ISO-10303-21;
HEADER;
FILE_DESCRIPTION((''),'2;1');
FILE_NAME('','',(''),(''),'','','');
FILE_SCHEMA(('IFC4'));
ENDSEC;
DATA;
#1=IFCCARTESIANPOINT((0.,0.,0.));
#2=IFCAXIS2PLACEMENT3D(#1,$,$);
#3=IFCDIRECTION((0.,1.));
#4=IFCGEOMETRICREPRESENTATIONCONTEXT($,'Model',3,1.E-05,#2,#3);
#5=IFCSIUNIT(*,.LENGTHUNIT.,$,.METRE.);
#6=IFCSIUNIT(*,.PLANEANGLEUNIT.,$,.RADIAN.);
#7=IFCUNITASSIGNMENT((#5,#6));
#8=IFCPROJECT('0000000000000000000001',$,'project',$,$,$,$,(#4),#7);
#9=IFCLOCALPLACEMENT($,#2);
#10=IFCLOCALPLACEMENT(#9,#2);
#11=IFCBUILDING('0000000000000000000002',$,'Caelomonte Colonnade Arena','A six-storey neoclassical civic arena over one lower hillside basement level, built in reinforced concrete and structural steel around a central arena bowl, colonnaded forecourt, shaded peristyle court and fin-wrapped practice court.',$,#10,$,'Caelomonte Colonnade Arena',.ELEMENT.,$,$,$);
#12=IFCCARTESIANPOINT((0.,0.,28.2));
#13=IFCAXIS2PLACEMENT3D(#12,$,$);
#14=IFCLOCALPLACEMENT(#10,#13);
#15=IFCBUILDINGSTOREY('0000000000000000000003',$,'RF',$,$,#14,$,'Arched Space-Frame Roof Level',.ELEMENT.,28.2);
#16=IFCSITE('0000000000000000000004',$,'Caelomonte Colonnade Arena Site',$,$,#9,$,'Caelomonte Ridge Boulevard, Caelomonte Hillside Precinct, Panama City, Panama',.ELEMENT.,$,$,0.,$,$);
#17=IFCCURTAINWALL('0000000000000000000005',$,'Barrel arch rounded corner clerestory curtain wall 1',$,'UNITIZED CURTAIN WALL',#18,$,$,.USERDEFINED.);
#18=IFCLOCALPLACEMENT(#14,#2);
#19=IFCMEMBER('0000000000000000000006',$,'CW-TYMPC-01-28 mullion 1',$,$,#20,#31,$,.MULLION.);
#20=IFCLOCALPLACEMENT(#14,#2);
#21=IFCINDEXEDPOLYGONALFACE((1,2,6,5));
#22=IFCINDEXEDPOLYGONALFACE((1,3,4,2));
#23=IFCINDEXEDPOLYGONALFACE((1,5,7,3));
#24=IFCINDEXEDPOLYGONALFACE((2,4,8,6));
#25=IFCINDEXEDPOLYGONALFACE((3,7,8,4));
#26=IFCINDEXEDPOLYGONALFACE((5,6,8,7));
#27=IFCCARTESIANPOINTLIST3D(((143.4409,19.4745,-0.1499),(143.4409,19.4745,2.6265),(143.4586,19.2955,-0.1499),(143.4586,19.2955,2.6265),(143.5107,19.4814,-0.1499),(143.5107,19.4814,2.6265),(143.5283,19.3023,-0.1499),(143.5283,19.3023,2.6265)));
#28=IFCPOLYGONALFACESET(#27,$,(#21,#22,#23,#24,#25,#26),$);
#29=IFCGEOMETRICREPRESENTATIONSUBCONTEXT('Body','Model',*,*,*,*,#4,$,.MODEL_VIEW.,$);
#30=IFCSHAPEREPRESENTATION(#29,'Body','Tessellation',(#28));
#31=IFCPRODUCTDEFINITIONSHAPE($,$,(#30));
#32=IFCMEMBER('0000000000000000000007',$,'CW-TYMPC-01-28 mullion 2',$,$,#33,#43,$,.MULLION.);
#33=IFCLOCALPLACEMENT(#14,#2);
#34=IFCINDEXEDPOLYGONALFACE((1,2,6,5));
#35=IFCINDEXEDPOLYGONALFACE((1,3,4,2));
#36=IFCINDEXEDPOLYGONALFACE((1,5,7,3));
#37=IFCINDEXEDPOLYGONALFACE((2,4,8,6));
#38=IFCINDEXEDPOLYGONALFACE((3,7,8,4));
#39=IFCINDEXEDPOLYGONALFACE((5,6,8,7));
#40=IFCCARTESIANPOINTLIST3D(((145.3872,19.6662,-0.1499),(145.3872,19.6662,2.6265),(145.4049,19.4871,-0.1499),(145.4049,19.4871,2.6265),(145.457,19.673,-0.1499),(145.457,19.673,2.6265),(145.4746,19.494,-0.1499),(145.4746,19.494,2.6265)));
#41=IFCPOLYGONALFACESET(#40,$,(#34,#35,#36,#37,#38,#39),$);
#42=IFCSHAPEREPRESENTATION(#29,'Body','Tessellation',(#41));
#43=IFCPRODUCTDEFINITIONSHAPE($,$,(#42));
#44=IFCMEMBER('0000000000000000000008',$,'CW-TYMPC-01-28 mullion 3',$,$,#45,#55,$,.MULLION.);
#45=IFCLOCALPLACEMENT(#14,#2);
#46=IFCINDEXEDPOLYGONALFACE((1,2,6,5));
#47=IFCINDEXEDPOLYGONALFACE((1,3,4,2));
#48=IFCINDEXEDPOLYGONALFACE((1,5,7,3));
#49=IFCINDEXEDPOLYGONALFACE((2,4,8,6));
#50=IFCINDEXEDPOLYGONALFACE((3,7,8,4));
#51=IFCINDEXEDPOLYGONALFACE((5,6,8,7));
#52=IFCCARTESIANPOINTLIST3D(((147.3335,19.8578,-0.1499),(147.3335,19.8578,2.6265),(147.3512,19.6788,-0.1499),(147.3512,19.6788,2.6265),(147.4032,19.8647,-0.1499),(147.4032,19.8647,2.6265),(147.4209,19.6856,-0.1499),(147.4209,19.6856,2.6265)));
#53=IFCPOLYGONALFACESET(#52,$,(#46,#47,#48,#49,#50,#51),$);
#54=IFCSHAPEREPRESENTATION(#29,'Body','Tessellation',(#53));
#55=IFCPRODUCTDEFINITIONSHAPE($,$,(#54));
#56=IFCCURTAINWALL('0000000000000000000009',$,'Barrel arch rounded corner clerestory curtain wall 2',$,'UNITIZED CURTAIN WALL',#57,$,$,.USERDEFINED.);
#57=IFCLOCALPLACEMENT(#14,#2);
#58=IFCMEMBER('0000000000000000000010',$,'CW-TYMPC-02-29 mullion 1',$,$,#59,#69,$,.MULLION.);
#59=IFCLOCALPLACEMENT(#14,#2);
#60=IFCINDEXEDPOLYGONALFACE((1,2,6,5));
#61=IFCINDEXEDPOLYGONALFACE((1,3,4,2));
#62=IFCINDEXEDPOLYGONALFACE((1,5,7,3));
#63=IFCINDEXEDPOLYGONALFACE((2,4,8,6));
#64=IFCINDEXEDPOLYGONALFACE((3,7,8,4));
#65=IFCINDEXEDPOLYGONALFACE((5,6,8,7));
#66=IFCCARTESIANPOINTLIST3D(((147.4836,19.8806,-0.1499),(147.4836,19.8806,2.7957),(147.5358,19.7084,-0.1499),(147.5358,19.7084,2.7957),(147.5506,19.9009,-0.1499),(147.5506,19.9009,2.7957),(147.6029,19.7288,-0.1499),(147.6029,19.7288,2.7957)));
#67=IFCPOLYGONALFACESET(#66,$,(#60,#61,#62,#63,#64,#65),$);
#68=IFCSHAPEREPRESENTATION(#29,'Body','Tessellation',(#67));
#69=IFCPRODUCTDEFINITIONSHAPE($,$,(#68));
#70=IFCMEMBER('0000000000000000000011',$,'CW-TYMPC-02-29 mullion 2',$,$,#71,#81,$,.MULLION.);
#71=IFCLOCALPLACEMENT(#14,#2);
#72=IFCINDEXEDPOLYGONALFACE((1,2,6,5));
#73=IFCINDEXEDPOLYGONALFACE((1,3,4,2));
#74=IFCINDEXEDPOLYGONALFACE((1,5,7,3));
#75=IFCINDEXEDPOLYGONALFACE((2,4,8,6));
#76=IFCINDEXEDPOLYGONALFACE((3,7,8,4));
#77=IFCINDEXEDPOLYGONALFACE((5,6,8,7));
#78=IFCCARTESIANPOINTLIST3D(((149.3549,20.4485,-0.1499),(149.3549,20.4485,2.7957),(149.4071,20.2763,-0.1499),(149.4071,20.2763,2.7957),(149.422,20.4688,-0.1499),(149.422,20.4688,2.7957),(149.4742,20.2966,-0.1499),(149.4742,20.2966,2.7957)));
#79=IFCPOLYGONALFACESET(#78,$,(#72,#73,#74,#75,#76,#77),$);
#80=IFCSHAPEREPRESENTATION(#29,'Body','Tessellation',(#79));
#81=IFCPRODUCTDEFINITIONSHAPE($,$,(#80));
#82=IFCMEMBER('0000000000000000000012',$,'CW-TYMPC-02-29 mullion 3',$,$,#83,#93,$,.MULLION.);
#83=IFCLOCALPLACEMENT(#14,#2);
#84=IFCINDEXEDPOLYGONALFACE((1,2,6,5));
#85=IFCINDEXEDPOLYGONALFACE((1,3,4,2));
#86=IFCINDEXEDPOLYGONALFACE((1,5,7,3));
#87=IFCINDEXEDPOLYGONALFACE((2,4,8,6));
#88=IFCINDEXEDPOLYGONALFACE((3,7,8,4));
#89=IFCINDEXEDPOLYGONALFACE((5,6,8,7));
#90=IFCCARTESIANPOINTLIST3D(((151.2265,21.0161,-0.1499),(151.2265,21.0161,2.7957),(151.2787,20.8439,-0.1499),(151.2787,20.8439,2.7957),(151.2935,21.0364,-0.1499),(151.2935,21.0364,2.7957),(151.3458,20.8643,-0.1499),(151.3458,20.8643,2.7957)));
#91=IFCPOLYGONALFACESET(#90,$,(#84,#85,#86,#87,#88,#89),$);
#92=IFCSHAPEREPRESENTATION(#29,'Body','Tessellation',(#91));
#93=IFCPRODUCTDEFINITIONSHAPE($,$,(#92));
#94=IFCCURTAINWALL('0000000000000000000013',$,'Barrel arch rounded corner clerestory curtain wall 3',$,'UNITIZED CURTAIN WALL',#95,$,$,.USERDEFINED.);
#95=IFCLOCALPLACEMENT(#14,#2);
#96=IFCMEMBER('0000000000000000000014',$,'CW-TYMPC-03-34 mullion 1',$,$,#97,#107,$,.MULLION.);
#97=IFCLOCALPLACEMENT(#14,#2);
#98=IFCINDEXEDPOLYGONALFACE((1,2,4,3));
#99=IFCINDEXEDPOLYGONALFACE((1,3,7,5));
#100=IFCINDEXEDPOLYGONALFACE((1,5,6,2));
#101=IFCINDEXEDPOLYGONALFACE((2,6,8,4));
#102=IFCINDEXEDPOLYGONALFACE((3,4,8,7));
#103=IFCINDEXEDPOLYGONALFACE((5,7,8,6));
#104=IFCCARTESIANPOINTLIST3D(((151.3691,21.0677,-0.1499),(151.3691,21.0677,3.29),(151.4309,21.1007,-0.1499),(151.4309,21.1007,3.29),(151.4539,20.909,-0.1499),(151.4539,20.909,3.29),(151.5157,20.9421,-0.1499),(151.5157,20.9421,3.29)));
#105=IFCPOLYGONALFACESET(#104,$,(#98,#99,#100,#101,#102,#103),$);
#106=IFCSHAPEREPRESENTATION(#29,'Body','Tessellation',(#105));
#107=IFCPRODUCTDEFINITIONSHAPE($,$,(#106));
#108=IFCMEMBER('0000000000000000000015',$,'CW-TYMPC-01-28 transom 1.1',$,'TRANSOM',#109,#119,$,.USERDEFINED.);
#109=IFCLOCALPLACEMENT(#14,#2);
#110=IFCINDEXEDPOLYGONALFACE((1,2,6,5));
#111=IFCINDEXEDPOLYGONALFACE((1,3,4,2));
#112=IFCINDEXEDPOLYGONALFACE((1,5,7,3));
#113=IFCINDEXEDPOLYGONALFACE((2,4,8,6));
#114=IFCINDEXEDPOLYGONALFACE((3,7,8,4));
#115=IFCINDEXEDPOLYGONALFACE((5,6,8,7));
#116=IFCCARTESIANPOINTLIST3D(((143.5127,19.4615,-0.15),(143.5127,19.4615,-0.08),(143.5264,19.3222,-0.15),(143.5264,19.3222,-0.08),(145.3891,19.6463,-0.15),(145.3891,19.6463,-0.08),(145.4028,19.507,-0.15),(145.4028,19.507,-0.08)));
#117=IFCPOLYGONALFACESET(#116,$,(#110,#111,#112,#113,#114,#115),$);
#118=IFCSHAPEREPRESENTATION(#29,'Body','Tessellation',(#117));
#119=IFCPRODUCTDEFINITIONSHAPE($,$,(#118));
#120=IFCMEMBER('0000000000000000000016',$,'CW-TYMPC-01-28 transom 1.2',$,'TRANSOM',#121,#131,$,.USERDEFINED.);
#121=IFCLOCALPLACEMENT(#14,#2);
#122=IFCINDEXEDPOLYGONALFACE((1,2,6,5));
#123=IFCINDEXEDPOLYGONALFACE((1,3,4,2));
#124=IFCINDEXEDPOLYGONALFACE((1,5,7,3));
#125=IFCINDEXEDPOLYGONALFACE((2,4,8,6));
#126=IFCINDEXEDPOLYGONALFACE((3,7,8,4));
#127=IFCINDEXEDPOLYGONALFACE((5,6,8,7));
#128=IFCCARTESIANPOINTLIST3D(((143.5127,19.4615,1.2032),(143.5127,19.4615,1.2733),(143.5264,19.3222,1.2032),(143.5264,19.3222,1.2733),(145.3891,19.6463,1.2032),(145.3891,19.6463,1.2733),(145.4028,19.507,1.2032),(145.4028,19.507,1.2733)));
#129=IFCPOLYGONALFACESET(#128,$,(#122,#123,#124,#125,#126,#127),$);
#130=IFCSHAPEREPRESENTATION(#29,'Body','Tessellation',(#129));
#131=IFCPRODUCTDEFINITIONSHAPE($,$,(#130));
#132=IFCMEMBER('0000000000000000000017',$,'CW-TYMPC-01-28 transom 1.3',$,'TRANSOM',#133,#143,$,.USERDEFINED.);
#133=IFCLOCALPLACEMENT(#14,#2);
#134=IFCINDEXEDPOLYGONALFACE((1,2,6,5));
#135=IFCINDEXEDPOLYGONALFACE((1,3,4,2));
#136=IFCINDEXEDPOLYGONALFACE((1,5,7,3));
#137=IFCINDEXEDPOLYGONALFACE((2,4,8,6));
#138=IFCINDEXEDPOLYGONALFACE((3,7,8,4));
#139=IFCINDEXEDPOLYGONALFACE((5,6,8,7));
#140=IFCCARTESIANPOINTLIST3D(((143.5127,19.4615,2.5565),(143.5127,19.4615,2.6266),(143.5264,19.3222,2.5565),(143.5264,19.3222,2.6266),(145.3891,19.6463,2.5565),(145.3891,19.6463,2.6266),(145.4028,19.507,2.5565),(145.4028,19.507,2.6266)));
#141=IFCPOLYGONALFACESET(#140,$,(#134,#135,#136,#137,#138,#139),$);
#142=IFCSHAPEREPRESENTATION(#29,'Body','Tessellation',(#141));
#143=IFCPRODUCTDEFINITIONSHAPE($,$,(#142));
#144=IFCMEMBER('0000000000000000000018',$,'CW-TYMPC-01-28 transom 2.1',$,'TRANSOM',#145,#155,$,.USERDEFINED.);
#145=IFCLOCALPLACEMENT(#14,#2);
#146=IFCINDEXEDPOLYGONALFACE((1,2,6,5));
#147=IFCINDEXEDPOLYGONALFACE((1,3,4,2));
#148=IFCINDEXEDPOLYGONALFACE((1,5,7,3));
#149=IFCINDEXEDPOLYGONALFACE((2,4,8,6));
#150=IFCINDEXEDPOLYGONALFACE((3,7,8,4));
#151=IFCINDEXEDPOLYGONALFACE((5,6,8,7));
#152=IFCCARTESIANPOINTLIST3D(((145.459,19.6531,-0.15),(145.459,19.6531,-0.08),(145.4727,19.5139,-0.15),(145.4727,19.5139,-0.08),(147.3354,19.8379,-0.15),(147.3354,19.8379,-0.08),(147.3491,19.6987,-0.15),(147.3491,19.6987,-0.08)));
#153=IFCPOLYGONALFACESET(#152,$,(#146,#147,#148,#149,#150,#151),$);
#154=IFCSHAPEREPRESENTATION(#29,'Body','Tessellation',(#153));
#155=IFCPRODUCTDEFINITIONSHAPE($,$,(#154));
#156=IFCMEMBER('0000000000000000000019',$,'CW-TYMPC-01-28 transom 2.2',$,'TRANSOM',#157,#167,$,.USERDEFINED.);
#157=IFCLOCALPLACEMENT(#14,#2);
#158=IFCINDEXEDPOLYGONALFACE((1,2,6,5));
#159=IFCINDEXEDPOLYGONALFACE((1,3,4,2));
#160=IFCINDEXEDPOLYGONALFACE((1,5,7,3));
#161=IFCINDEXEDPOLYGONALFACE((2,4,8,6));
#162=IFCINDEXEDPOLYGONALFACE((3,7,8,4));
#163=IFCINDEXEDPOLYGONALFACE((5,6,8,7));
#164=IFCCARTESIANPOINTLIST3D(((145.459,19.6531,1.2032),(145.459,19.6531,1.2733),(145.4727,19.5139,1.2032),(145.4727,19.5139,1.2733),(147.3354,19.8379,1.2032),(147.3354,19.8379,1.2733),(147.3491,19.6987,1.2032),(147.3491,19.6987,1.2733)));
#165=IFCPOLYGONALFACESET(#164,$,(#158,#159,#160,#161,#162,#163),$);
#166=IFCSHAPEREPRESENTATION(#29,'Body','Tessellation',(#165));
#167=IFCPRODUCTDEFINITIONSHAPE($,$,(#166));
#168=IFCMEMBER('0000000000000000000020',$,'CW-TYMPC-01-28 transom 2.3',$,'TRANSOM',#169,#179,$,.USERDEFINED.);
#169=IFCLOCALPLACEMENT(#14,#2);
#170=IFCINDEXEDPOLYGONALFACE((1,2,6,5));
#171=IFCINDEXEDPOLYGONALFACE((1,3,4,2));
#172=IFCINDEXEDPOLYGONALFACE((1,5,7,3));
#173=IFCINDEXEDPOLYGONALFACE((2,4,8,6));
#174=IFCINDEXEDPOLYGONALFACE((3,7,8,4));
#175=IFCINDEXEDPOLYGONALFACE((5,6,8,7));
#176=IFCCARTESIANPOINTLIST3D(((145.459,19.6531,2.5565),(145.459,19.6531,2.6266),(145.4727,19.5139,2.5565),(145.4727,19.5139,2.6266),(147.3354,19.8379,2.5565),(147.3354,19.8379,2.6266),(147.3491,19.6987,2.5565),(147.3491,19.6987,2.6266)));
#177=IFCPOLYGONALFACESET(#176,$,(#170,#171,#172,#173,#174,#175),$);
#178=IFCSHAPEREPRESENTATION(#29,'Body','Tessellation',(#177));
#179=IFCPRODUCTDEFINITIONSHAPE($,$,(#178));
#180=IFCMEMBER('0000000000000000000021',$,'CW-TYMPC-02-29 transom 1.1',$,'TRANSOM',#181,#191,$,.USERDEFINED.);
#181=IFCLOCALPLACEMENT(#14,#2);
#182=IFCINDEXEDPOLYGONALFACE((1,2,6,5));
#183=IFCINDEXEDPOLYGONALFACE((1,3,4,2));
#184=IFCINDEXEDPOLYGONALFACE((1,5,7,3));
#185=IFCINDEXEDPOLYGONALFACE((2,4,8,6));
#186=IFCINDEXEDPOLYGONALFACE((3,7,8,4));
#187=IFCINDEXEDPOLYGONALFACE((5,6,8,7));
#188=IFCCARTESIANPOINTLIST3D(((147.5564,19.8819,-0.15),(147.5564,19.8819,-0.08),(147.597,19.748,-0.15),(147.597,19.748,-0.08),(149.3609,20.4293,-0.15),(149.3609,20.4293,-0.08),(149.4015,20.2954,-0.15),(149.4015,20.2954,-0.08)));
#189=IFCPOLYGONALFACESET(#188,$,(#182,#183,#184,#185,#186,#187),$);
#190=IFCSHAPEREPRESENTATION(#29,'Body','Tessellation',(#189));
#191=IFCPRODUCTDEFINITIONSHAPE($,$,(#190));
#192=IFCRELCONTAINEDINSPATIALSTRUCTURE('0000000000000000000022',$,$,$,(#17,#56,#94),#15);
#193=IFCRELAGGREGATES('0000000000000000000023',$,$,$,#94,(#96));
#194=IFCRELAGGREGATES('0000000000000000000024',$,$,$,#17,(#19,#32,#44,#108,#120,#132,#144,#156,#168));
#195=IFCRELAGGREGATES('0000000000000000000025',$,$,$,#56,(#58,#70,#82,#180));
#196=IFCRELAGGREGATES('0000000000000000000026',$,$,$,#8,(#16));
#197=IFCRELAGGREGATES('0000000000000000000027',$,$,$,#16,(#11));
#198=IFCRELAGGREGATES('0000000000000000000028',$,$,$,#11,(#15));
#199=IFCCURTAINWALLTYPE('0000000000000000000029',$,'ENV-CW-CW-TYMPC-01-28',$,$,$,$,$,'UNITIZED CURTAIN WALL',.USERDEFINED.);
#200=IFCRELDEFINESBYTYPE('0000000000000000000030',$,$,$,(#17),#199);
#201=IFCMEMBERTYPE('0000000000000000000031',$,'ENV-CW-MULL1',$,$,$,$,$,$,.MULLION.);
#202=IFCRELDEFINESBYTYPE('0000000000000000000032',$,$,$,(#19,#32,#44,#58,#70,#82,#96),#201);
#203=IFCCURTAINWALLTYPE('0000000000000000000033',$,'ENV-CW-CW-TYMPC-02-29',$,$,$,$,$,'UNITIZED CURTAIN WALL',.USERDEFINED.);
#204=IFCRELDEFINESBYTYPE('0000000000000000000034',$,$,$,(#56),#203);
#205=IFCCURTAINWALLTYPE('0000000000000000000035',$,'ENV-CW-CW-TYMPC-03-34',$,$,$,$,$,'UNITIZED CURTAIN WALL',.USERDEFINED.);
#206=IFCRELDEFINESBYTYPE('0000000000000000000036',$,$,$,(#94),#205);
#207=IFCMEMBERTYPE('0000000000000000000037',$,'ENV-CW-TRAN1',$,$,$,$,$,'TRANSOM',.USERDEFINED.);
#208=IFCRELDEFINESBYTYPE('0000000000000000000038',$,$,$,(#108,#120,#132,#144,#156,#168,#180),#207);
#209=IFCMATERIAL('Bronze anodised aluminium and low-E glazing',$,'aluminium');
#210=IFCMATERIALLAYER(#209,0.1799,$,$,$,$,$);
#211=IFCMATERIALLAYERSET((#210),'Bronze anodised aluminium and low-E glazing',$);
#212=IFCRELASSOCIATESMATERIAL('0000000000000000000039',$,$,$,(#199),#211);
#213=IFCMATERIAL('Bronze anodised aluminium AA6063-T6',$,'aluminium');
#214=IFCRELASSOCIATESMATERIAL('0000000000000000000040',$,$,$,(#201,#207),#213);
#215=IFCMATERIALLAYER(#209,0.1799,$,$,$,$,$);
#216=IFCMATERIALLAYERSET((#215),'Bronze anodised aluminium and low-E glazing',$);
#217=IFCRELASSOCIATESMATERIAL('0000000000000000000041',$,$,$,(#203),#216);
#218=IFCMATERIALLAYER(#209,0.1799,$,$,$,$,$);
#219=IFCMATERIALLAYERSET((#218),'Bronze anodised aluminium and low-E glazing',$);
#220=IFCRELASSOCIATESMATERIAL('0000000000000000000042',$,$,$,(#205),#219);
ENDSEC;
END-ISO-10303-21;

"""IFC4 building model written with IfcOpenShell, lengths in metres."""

from ifc_helpers import new_model, si_unit, direction, frame, origin, origin_2d, place, context, subcontext, project, spatial, rectangle, extrude, material, layer, layer_set, material_profile, profile_set, type_object, element, aggregate, save


model = new_model("IFC4")

# Units and contexts
model_context = context("Model", 3, precision=1e-05, world=origin(), true_north=direction((0.0, 1.0)))
body_context = subcontext(model_context, "Body", "Model", "MODEL_VIEW")
ifc_project = project(units=[si_unit("LENGTHUNIT", "METRE"), si_unit("PLANEANGLEUNIT", "RADIAN")], contexts=[model_context])

# Site, building, storey
site_placement = place(None, origin())
site = spatial("IfcSite", under=ifc_project, at=site_placement, Name="Caelomonte Colonnade Arena Site", LongName="Caelomonte Ridge Boulevard, Caelomonte Hillside Precinct, Panama City, Panama", CompositionType="ELEMENT", RefElevation=0.0)
building_placement = place(site_placement, origin())
building = spatial("IfcBuilding", under=site, at=building_placement, Name="Caelomonte Colonnade Arena", Description="A six-storey neoclassical civic arena over one lower hillside basement level, built in reinforced concrete and structural steel around a central arena bowl, colonnaded forecourt, shaded peristyle court and fin-wrapped practice court.", LongName="Caelomonte Colonnade Arena", CompositionType="ELEMENT")
storey_placement = place(building_placement, frame((0.0, 0.0, 28.2)))
storey = spatial("IfcBuildingStorey", under=building, at=storey_placement, Name="RF", LongName="Arched Space-Frame Roof Level", CompositionType="ELEMENT", Elevation=28.2)

# Curtain walls, members
ifc_material_1 = material(Name="Bronze anodised aluminium and low-E glazing", Category="aluminium")
ifc_layer_1 = layer(ifc_material_1, 0.1799)
ifc_layer_set_1 = layer_set([ifc_layer_1], Name="Bronze anodised aluminium and low-E glazing")
curtain_wall_type_1 = type_object("IfcCurtainWallType", Name="ENV-CW-CW-TYMPC-01-28", ElementType="UNITIZED CURTAIN WALL", PredefinedType="USERDEFINED", material=ifc_layer_set_1)
curtain_wall_1_placement = place(storey_placement, origin())
curtain_wall_1 = element("IfcCurtainWall", 1, at=curtain_wall_1_placement, inside=storey, type_object=curtain_wall_type_1, Name="Barrel arch rounded corner clerestory curtain wall 1", ObjectType="UNITIZED CURTAIN WALL", PredefinedType="USERDEFINED")
ifc_material_2 = material(Name="Bronze anodised aluminium AA6063-T6", Category="aluminium")
ifc_material_profile_1 = material_profile(ifc_material_2, rectangle(XDim=0.0701, YDim=0.1799, at=origin_2d()), Name="CWM-70X180")
ifc_profile_set_1 = profile_set([ifc_material_profile_1], Name="Bronze anodised aluminium AA6063-T6")
member_type_1 = type_object("IfcMemberType", Name="ENV-CW-MULL1", PredefinedType="MULLION", material=ifc_profile_set_1)
member_1_placement = place(storey_placement, frame((143.4846, 19.3884, -0.1499), z_axis=(0.0, 0.0, 1.0), x_axis=(0.995183, 0.098031, 0.0)))
member_1 = element("IfcMember", 2, at=member_1_placement, type_object=member_type_1, Name="CW-TYMPC-01-28 mullion 1", PredefinedType="MULLION", context=body_context, shape_type="SweptSolid", body=[
    extrude(rectangle(XDim=0.0701, YDim=0.1799, at=origin_2d()), origin(), (0.0, 0.0, 1.0), 2.7764),
])
member_2_placement = place(storey_placement, frame((145.4309, 19.5801, -0.1499), z_axis=(0.0, 0.0, 1.0), x_axis=(0.995183, 0.098031, 0.0)))
member_2 = element("IfcMember", 3, at=member_2_placement, type_object=member_type_1, Name="CW-TYMPC-01-28 mullion 2", PredefinedType="MULLION", context=body_context, shape_type="SweptSolid", body=[
    extrude(rectangle(XDim=0.0701, YDim=0.1799, at=origin_2d()), origin(), (0.0, 0.0, 1.0), 2.7764),
])
member_3_placement = place(storey_placement, frame((147.3772, 19.7717, -0.1499), z_axis=(0.0, 0.0, 1.0), x_axis=(0.995183, 0.098031, 0.0)))
member_3 = element("IfcMember", 4, at=member_3_placement, type_object=member_type_1, Name="CW-TYMPC-01-28 mullion 3", PredefinedType="MULLION", context=body_context, shape_type="SweptSolid", body=[
    extrude(rectangle(XDim=0.0701, YDim=0.1799, at=origin_2d()), origin(), (0.0, 0.0, 1.0), 2.7764),
])
ifc_layer_2 = layer(ifc_material_1, 0.1799)
ifc_layer_set_2 = layer_set([ifc_layer_2], Name="Bronze anodised aluminium and low-E glazing")
curtain_wall_type_2 = type_object("IfcCurtainWallType", Name="ENV-CW-CW-TYMPC-02-29", ElementType="UNITIZED CURTAIN WALL", PredefinedType="USERDEFINED", material=ifc_layer_set_2)
curtain_wall_2_placement = place(storey_placement, origin())
curtain_wall_2 = element("IfcCurtainWall", 5, at=curtain_wall_2_placement, inside=storey, type_object=curtain_wall_type_2, Name="Barrel arch rounded corner clerestory curtain wall 2", ObjectType="UNITIZED CURTAIN WALL", PredefinedType="USERDEFINED")
member_4_placement = place(storey_placement, frame((147.5432, 19.8047, -0.1499), z_axis=(0.0, 0.0, 1.0), x_axis=(0.956946, 0.290266, 0.0)))
member_4 = element("IfcMember", 6, at=member_4_placement, type_object=member_type_1, Name="CW-TYMPC-02-29 mullion 1", PredefinedType="MULLION", context=body_context, shape_type="SweptSolid", body=[
    extrude(rectangle(XDim=0.0701, YDim=0.1799, at=origin_2d()), origin(), (0.0, 0.0, 1.0), 2.9456),
])
member_5_placement = place(storey_placement, frame((149.4146, 20.3726, -0.1499), z_axis=(0.0, 0.0, 1.0), x_axis=(0.956946, 0.290266, 0.0)))
member_5 = element("IfcMember", 7, at=member_5_placement, type_object=member_type_1, Name="CW-TYMPC-02-29 mullion 2", PredefinedType="MULLION", context=body_context, shape_type="SweptSolid", body=[
    extrude(rectangle(XDim=0.0701, YDim=0.1799, at=origin_2d()), origin(), (0.0, 0.0, 1.0), 2.9456),
])
member_6_placement = place(storey_placement, frame((151.2861, 20.9402, -0.1499), z_axis=(0.0, 0.0, 1.0), x_axis=(0.956946, 0.290266, 0.0)))
member_6 = element("IfcMember", 8, at=member_6_placement, type_object=member_type_1, Name="CW-TYMPC-02-29 mullion 3", PredefinedType="MULLION", context=body_context, shape_type="SweptSolid", body=[
    extrude(rectangle(XDim=0.0701, YDim=0.1799, at=origin_2d()), origin(), (0.0, 0.0, 1.0), 2.9456),
])

# Curtain wall, member
ifc_layer_3 = layer(ifc_material_1, 0.1799)
ifc_layer_set_3 = layer_set([ifc_layer_3], Name="Bronze anodised aluminium and low-E glazing")
curtain_wall_type_3 = type_object("IfcCurtainWallType", Name="ENV-CW-CW-TYMPC-03-34", ElementType="UNITIZED CURTAIN WALL", PredefinedType="USERDEFINED", material=ifc_layer_set_3)
curtain_wall_3_placement = place(storey_placement, origin())
curtain_wall_3 = element("IfcCurtainWall", 9, at=curtain_wall_3_placement, inside=storey, type_object=curtain_wall_type_3, Name="Barrel arch rounded corner clerestory curtain wall 3", ObjectType="UNITIZED CURTAIN WALL", PredefinedType="USERDEFINED")
member_7_placement = place(storey_placement, frame((151.4424, 21.0049, -0.1499), z_axis=(0.0, 0.0, 1.0), x_axis=(0.881924, 0.471391, 0.0)))
member_7 = element("IfcMember", 10, at=member_7_placement, type_object=member_type_1, Name="CW-TYMPC-03-34 mullion 1", PredefinedType="MULLION", context=body_context, shape_type="SweptSolid", body=[
    extrude(rectangle(XDim=0.0701, YDim=0.1799, at=origin_2d()), origin(), (0.0, 0.0, 1.0), 3.4399),
])

# Members
ifc_material_profile_2 = material_profile(ifc_material_2, rectangle(XDim=0.0701, YDim=0.1399, at=origin_2d()), Name="CWT-70X140")
ifc_profile_set_2 = profile_set([ifc_material_profile_2], Name="Bronze anodised aluminium AA6063-T6")
member_type_2 = type_object("IfcMemberType", Name="ENV-CW-TRAN1", ElementType="TRANSOM", PredefinedType="USERDEFINED", material=ifc_profile_set_2)
member_8_placement = place(storey_placement, frame((143.5195, 19.3918, -0.115), z_axis=(0.995185, 0.098017, 0.0), x_axis=(0.0, 0.0, 1.0)))
member_8 = element("IfcMember", 11, at=member_8_placement, type_object=member_type_2, Name="CW-TYMPC-01-28 transom 1.1", ObjectType="TRANSOM", PredefinedType="USERDEFINED", context=body_context, shape_type="SweptSolid", body=[
    extrude(rectangle(XDim=0.0701, YDim=0.1399, at=origin_2d()), origin(), (0.0, 0.0, 1.0), 1.8855),
])
member_9_placement = place(storey_placement, frame((143.5195, 19.3918, 1.2383), z_axis=(0.995185, 0.098017, 0.0), x_axis=(0.0, 0.0, 1.0)))
member_9 = element("IfcMember", 12, at=member_9_placement, type_object=member_type_2, Name="CW-TYMPC-01-28 transom 1.2", ObjectType="TRANSOM", PredefinedType="USERDEFINED", context=body_context, shape_type="SweptSolid", body=[
    extrude(rectangle(XDim=0.0701, YDim=0.1399, at=origin_2d()), origin(), (0.0, 0.0, 1.0), 1.8855),
])
member_10_placement = place(storey_placement, frame((143.5195, 19.3918, 2.5916), z_axis=(0.995185, 0.098017, 0.0), x_axis=(0.0, 0.0, 1.0)))
member_10 = element("IfcMember", 13, at=member_10_placement, type_object=member_type_2, Name="CW-TYMPC-01-28 transom 1.3", ObjectType="TRANSOM", PredefinedType="USERDEFINED", context=body_context, shape_type="SweptSolid", body=[
    extrude(rectangle(XDim=0.0701, YDim=0.1399, at=origin_2d()), origin(), (0.0, 0.0, 1.0), 1.8855),
])
member_11_placement = place(storey_placement, frame((145.4658, 19.5835, -0.115), z_axis=(0.995185, 0.098017, 0.0), x_axis=(0.0, 0.0, 1.0)))
member_11 = element("IfcMember", 14, at=member_11_placement, type_object=member_type_2, Name="CW-TYMPC-01-28 transom 2.1", ObjectType="TRANSOM", PredefinedType="USERDEFINED", context=body_context, shape_type="SweptSolid", body=[
    extrude(rectangle(XDim=0.0701, YDim=0.1399, at=origin_2d()), origin(), (0.0, 0.0, 1.0), 1.8855),
])
member_12_placement = place(storey_placement, frame((145.4658, 19.5835, 1.2383), z_axis=(0.995185, 0.098017, 0.0), x_axis=(0.0, 0.0, 1.0)))
member_12 = element("IfcMember", 15, at=member_12_placement, type_object=member_type_2, Name="CW-TYMPC-01-28 transom 2.2", ObjectType="TRANSOM", PredefinedType="USERDEFINED", context=body_context, shape_type="SweptSolid", body=[
    extrude(rectangle(XDim=0.0701, YDim=0.1399, at=origin_2d()), origin(), (0.0, 0.0, 1.0), 1.8855),
])
member_13_placement = place(storey_placement, frame((145.4658, 19.5835, 2.5916), z_axis=(0.995185, 0.098017, 0.0), x_axis=(0.0, 0.0, 1.0)))
member_13 = element("IfcMember", 16, at=member_13_placement, type_object=member_type_2, Name="CW-TYMPC-01-28 transom 2.3", ObjectType="TRANSOM", PredefinedType="USERDEFINED", context=body_context, shape_type="SweptSolid", body=[
    extrude(rectangle(XDim=0.0701, YDim=0.1399, at=origin_2d()), origin(), (0.0, 0.0, 1.0), 1.8855),
])
member_14_placement = place(storey_placement, frame((147.5767, 19.8149, -0.115), z_axis=(0.956942, 0.29028, 0.0), x_axis=(0.0, 0.0, 1.0)))
member_14 = element("IfcMember", 17, at=member_14_placement, type_object=member_type_2, Name="CW-TYMPC-02-29 transom 1.1", ObjectType="TRANSOM", PredefinedType="USERDEFINED", context=body_context, shape_type="SweptSolid", body=[
    extrude(rectangle(XDim=0.0701, YDim=0.1399, at=origin_2d()), origin(), (0.0, 0.0, 1.0), 1.8857),
])
aggregate(curtain_wall_3, [member_7])

aggregate(curtain_wall_1, [member_1, member_2, member_3, member_8, member_9, member_10, member_11, member_12, member_13])
aggregate(curtain_wall_2, [member_4, member_5, member_6, member_14])

save(model, "model.ifc")
